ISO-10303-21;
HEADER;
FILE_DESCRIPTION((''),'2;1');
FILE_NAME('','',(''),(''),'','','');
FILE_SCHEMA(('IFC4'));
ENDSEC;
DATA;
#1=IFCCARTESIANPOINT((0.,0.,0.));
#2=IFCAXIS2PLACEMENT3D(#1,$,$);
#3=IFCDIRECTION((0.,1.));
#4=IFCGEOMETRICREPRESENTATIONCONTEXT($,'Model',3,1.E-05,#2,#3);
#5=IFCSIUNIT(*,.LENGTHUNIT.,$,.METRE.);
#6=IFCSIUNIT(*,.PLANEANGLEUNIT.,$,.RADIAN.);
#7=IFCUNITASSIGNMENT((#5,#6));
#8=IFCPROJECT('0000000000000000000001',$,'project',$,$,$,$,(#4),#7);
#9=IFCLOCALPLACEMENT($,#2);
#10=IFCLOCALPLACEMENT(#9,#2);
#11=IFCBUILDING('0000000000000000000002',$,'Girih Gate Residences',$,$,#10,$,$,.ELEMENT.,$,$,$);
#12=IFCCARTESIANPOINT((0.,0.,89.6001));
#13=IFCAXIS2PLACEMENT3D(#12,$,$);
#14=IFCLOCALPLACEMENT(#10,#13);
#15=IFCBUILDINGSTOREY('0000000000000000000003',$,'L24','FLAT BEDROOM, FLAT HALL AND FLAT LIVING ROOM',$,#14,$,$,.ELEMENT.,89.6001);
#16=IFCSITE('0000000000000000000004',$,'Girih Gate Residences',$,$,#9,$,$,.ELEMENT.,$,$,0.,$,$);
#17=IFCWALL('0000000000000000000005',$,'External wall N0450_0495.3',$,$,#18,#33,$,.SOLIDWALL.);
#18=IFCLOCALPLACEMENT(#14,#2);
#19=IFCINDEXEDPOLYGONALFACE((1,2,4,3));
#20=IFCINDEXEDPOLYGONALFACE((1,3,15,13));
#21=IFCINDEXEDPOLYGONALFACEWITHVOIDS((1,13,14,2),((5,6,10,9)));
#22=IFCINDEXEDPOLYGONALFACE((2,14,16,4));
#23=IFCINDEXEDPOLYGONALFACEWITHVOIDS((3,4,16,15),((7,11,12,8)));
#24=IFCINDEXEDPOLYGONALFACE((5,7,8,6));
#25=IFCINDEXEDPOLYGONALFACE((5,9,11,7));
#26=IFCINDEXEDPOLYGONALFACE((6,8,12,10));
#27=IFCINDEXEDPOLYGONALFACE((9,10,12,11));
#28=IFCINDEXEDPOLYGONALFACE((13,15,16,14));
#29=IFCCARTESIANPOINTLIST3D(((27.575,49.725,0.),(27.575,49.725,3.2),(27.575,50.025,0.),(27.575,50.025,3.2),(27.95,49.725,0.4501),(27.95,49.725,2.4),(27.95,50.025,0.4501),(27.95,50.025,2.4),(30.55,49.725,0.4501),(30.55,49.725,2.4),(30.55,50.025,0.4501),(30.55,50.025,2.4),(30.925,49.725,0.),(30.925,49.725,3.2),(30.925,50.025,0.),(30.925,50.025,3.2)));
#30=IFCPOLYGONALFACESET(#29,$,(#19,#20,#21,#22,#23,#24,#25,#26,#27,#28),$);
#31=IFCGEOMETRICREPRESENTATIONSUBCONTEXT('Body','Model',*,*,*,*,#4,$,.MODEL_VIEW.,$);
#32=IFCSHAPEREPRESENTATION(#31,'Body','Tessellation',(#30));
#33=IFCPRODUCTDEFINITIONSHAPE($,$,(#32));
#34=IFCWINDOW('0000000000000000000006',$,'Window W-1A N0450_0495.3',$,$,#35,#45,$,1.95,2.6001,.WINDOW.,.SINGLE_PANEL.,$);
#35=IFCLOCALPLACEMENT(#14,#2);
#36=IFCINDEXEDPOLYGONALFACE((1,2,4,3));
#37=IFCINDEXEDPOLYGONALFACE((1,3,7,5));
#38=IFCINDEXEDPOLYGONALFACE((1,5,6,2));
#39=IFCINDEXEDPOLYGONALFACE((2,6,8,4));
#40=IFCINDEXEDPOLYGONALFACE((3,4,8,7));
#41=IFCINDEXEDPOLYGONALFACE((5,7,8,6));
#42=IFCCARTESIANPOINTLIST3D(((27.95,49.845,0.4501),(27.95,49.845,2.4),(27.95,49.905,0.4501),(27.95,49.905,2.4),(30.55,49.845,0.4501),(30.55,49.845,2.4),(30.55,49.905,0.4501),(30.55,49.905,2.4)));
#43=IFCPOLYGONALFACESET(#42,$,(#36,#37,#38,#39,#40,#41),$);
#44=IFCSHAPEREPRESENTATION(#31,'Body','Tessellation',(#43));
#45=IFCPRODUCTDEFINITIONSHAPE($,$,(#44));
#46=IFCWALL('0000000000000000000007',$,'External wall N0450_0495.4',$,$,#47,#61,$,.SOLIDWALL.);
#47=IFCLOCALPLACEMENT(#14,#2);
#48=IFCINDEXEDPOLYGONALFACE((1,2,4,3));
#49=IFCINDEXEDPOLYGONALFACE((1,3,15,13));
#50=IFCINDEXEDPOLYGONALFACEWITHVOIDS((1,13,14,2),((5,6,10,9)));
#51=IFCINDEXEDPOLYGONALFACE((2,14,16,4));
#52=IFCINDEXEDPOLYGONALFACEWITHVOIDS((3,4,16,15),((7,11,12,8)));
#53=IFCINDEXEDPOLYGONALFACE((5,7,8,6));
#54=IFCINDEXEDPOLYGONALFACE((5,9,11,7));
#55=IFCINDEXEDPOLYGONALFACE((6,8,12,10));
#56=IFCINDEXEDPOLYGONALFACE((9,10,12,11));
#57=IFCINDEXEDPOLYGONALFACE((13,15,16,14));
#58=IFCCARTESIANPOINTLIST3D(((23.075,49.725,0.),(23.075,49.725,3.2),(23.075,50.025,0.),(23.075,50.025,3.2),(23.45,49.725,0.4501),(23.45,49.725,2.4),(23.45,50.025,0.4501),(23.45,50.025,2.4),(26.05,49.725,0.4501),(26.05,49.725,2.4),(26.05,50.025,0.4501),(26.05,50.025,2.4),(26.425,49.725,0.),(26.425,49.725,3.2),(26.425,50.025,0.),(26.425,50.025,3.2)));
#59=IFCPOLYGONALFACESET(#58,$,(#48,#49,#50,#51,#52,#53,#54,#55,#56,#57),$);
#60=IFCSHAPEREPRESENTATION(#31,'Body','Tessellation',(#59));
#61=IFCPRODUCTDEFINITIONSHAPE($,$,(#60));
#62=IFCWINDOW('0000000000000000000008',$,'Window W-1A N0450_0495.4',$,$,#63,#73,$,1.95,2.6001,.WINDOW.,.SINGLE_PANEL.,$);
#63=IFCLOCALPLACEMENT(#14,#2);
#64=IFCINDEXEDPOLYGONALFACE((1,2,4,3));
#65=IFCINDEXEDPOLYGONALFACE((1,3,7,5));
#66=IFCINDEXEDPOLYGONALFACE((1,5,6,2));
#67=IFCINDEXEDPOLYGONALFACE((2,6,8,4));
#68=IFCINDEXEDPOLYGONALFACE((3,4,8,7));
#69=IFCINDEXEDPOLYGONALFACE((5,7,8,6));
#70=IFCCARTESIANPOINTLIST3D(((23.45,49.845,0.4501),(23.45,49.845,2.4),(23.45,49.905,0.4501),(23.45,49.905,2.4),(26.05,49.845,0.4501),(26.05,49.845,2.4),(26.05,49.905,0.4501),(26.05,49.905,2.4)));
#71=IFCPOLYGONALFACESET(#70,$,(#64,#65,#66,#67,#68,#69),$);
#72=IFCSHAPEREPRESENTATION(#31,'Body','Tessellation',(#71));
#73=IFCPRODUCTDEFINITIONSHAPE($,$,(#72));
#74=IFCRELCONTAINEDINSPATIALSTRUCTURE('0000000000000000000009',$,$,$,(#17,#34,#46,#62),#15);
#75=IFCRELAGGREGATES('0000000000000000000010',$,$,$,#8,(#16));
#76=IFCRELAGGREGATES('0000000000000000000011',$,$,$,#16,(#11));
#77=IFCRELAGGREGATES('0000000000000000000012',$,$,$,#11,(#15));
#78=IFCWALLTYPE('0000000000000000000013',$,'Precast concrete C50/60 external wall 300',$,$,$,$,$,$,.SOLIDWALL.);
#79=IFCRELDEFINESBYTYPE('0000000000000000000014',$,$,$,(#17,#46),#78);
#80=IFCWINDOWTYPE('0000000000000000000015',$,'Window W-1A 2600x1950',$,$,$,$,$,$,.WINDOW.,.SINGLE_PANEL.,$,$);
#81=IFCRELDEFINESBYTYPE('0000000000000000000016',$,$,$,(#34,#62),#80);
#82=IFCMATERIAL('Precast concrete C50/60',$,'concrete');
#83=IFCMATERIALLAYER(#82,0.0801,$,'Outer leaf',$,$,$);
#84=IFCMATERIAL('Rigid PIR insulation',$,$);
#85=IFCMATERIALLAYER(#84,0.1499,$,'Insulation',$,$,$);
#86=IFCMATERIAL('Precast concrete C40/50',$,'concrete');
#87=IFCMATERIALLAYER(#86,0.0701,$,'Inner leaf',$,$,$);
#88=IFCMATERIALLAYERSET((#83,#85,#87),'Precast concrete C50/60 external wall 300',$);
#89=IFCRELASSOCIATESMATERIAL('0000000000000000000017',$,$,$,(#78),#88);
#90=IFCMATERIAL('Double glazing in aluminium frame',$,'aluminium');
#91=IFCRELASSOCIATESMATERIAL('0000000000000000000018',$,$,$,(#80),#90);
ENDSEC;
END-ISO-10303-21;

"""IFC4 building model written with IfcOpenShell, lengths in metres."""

from ifc_helpers import new_model, si_unit, direction, frame, frame_2d, origin, place, context, subcontext, project, spatial, rectangle, extrude, material, layer, layer_set, type_object, element, fill, save


model = new_model("IFC4")

# Units and contexts
model_context = context("Model", 3, precision=1e-05, world=origin(), true_north=direction((0.0, 1.0)))
body_context = subcontext(model_context, "Body", "Model", "MODEL_VIEW")
ifc_project = project(units=[si_unit("LENGTHUNIT", "METRE"), si_unit("PLANEANGLEUNIT", "RADIAN")], contexts=[model_context])

# Site, building, storey
site_placement = place(None, origin())
site = spatial("IfcSite", under=ifc_project, at=site_placement, Name="Girih Gate Residences", CompositionType="ELEMENT", RefElevation=0.0)
building_placement = place(site_placement, origin())
building = spatial("IfcBuilding", under=site, at=building_placement, Name="Girih Gate Residences", CompositionType="ELEMENT")
storey_placement = place(building_placement, frame((0.0, 0.0, 89.6001)))
storey = spatial("IfcBuildingStorey", under=building, at=storey_placement, Name="L24", Description="FLAT BEDROOM, FLAT HALL AND FLAT LIVING ROOM", CompositionType="ELEMENT", Elevation=89.6001)

# Walls, openings, windows
ifc_material_1 = material(Name="Precast concrete C50/60", Category="concrete")
ifc_layer_1 = layer(ifc_material_1, 0.0801, Name="Outer leaf")
ifc_material_2 = material(Name="Rigid PIR insulation")
ifc_layer_2 = layer(ifc_material_2, 0.1499, Name="Insulation")
ifc_material_3 = material(Name="Precast concrete C40/50", Category="concrete")
ifc_layer_3 = layer(ifc_material_3, 0.0701, Name="Inner leaf")
ifc_layer_set_1 = layer_set([ifc_layer_1, ifc_layer_2, ifc_layer_3], Name="Precast concrete C50/60 external wall 300")
wall_type_1 = type_object("IfcWallType", Name="Precast concrete C50/60 external wall 300", PredefinedType="SOLIDWALL", material=ifc_layer_set_1)
wall_1_placement = place(storey_placement, frame((27.575, 49.875, 0.0), z_axis=(0.0, 0.0, 1.0), x_axis=(1.0, 0.0, 0.0)))
wall_1 = element("IfcWall", 1, at=wall_1_placement, inside=storey, type_object=wall_type_1, Name="External wall N0450_0495.3", PredefinedType="SOLIDWALL", context=body_context, shape_type="SweptSolid", body=[
    extrude(rectangle(XDim=3.3501, YDim=0.3, at=frame_2d((1.675, 0.0))), origin(), (0.0, 0.0, 1.0), 3.2),
])
opening_1_placement = place(wall_1_placement, frame((0.375, 0.0, 0.45)))
opening_1 = element("IfcOpeningElement", 2, at=opening_1_placement, cuts=wall_1, PredefinedType="OPENING", context=body_context, shape_type="SweptSolid", body=[
    extrude(rectangle(XDim=2.6001, YDim=1.95, at=frame_2d((1.3, 0.9751))), frame((0.0, 0.1599, 0.0), z_axis=(0.0, -1.0, 0.0), x_axis=(1.0, 0.0, 0.0)), (0.0, 0.0, 1.0), 0.3201),
])
ifc_material_4 = material(Name="Double glazing in aluminium frame", Category="aluminium")
window_type = type_object("IfcWindowType", Name="Window W-1A 2600x1950", PartitioningType="SINGLE_PANEL", PredefinedType="WINDOW", material=ifc_material_4)
window_1_placement = place(opening_1_placement, origin())
window_1 = element("IfcWindow", 3, at=window_1_placement, inside=storey, type_object=window_type, Name="Window W-1A N0450_0495.3", OverallHeight=1.95, OverallWidth=2.6001, PartitioningType="SINGLE_PANEL", PredefinedType="WINDOW", context=body_context, shape_type="SweptSolid", body=[
    extrude(rectangle(XDim=2.6001, YDim=1.95, at=frame_2d((1.3, 0.9751))), frame((0.0, 0.03, 0.0), z_axis=(0.0, -1.0, 0.0), x_axis=(1.0, 0.0, 0.0)), (0.0, 0.0, 1.0), 0.0601),
])
fill(opening_1, window_1)
wall_2_placement = place(storey_placement, frame((23.075, 49.875, 0.0), z_axis=(0.0, 0.0, 1.0), x_axis=(1.0, 0.0, 0.0)))
wall_2 = element("IfcWall", 4, at=wall_2_placement, inside=storey, type_object=wall_type_1, Name="External wall N0450_0495.4", PredefinedType="SOLIDWALL", context=body_context, shape_type="SweptSolid", body=[
    extrude(rectangle(XDim=3.3501, YDim=0.3, at=frame_2d((1.675, 0.0))), origin(), (0.0, 0.0, 1.0), 3.2),
])
opening_2_placement = place(wall_2_placement, frame((0.375, 0.0, 0.45)))
opening_2 = element("IfcOpeningElement", 5, at=opening_2_placement, cuts=wall_2, PredefinedType="OPENING", context=body_context, shape_type="SweptSolid", body=[
    extrude(rectangle(XDim=2.6001, YDim=1.95, at=frame_2d((1.3, 0.9751))), frame((0.0, 0.1599, 0.0), z_axis=(0.0, -1.0, 0.0), x_axis=(1.0, 0.0, 0.0)), (0.0, 0.0, 1.0), 0.3201),
])
window_2_placement = place(opening_2_placement, origin())
window_2 = element("IfcWindow", 6, at=window_2_placement, inside=storey, type_object=window_type, Name="Window W-1A N0450_0495.4", OverallHeight=1.95, OverallWidth=2.6001, PartitioningType="SINGLE_PANEL", PredefinedType="WINDOW", context=body_context, shape_type="SweptSolid", body=[
    extrude(rectangle(XDim=2.6001, YDim=1.95, at=frame_2d((1.3, 0.9751))), frame((0.0, 0.03, 0.0), z_axis=(0.0, -1.0, 0.0), x_axis=(1.0, 0.0, 0.0)), (0.0, 0.0, 1.0), 0.0601),
])
fill(opening_2, window_2)

save(model, "model.ifc")
